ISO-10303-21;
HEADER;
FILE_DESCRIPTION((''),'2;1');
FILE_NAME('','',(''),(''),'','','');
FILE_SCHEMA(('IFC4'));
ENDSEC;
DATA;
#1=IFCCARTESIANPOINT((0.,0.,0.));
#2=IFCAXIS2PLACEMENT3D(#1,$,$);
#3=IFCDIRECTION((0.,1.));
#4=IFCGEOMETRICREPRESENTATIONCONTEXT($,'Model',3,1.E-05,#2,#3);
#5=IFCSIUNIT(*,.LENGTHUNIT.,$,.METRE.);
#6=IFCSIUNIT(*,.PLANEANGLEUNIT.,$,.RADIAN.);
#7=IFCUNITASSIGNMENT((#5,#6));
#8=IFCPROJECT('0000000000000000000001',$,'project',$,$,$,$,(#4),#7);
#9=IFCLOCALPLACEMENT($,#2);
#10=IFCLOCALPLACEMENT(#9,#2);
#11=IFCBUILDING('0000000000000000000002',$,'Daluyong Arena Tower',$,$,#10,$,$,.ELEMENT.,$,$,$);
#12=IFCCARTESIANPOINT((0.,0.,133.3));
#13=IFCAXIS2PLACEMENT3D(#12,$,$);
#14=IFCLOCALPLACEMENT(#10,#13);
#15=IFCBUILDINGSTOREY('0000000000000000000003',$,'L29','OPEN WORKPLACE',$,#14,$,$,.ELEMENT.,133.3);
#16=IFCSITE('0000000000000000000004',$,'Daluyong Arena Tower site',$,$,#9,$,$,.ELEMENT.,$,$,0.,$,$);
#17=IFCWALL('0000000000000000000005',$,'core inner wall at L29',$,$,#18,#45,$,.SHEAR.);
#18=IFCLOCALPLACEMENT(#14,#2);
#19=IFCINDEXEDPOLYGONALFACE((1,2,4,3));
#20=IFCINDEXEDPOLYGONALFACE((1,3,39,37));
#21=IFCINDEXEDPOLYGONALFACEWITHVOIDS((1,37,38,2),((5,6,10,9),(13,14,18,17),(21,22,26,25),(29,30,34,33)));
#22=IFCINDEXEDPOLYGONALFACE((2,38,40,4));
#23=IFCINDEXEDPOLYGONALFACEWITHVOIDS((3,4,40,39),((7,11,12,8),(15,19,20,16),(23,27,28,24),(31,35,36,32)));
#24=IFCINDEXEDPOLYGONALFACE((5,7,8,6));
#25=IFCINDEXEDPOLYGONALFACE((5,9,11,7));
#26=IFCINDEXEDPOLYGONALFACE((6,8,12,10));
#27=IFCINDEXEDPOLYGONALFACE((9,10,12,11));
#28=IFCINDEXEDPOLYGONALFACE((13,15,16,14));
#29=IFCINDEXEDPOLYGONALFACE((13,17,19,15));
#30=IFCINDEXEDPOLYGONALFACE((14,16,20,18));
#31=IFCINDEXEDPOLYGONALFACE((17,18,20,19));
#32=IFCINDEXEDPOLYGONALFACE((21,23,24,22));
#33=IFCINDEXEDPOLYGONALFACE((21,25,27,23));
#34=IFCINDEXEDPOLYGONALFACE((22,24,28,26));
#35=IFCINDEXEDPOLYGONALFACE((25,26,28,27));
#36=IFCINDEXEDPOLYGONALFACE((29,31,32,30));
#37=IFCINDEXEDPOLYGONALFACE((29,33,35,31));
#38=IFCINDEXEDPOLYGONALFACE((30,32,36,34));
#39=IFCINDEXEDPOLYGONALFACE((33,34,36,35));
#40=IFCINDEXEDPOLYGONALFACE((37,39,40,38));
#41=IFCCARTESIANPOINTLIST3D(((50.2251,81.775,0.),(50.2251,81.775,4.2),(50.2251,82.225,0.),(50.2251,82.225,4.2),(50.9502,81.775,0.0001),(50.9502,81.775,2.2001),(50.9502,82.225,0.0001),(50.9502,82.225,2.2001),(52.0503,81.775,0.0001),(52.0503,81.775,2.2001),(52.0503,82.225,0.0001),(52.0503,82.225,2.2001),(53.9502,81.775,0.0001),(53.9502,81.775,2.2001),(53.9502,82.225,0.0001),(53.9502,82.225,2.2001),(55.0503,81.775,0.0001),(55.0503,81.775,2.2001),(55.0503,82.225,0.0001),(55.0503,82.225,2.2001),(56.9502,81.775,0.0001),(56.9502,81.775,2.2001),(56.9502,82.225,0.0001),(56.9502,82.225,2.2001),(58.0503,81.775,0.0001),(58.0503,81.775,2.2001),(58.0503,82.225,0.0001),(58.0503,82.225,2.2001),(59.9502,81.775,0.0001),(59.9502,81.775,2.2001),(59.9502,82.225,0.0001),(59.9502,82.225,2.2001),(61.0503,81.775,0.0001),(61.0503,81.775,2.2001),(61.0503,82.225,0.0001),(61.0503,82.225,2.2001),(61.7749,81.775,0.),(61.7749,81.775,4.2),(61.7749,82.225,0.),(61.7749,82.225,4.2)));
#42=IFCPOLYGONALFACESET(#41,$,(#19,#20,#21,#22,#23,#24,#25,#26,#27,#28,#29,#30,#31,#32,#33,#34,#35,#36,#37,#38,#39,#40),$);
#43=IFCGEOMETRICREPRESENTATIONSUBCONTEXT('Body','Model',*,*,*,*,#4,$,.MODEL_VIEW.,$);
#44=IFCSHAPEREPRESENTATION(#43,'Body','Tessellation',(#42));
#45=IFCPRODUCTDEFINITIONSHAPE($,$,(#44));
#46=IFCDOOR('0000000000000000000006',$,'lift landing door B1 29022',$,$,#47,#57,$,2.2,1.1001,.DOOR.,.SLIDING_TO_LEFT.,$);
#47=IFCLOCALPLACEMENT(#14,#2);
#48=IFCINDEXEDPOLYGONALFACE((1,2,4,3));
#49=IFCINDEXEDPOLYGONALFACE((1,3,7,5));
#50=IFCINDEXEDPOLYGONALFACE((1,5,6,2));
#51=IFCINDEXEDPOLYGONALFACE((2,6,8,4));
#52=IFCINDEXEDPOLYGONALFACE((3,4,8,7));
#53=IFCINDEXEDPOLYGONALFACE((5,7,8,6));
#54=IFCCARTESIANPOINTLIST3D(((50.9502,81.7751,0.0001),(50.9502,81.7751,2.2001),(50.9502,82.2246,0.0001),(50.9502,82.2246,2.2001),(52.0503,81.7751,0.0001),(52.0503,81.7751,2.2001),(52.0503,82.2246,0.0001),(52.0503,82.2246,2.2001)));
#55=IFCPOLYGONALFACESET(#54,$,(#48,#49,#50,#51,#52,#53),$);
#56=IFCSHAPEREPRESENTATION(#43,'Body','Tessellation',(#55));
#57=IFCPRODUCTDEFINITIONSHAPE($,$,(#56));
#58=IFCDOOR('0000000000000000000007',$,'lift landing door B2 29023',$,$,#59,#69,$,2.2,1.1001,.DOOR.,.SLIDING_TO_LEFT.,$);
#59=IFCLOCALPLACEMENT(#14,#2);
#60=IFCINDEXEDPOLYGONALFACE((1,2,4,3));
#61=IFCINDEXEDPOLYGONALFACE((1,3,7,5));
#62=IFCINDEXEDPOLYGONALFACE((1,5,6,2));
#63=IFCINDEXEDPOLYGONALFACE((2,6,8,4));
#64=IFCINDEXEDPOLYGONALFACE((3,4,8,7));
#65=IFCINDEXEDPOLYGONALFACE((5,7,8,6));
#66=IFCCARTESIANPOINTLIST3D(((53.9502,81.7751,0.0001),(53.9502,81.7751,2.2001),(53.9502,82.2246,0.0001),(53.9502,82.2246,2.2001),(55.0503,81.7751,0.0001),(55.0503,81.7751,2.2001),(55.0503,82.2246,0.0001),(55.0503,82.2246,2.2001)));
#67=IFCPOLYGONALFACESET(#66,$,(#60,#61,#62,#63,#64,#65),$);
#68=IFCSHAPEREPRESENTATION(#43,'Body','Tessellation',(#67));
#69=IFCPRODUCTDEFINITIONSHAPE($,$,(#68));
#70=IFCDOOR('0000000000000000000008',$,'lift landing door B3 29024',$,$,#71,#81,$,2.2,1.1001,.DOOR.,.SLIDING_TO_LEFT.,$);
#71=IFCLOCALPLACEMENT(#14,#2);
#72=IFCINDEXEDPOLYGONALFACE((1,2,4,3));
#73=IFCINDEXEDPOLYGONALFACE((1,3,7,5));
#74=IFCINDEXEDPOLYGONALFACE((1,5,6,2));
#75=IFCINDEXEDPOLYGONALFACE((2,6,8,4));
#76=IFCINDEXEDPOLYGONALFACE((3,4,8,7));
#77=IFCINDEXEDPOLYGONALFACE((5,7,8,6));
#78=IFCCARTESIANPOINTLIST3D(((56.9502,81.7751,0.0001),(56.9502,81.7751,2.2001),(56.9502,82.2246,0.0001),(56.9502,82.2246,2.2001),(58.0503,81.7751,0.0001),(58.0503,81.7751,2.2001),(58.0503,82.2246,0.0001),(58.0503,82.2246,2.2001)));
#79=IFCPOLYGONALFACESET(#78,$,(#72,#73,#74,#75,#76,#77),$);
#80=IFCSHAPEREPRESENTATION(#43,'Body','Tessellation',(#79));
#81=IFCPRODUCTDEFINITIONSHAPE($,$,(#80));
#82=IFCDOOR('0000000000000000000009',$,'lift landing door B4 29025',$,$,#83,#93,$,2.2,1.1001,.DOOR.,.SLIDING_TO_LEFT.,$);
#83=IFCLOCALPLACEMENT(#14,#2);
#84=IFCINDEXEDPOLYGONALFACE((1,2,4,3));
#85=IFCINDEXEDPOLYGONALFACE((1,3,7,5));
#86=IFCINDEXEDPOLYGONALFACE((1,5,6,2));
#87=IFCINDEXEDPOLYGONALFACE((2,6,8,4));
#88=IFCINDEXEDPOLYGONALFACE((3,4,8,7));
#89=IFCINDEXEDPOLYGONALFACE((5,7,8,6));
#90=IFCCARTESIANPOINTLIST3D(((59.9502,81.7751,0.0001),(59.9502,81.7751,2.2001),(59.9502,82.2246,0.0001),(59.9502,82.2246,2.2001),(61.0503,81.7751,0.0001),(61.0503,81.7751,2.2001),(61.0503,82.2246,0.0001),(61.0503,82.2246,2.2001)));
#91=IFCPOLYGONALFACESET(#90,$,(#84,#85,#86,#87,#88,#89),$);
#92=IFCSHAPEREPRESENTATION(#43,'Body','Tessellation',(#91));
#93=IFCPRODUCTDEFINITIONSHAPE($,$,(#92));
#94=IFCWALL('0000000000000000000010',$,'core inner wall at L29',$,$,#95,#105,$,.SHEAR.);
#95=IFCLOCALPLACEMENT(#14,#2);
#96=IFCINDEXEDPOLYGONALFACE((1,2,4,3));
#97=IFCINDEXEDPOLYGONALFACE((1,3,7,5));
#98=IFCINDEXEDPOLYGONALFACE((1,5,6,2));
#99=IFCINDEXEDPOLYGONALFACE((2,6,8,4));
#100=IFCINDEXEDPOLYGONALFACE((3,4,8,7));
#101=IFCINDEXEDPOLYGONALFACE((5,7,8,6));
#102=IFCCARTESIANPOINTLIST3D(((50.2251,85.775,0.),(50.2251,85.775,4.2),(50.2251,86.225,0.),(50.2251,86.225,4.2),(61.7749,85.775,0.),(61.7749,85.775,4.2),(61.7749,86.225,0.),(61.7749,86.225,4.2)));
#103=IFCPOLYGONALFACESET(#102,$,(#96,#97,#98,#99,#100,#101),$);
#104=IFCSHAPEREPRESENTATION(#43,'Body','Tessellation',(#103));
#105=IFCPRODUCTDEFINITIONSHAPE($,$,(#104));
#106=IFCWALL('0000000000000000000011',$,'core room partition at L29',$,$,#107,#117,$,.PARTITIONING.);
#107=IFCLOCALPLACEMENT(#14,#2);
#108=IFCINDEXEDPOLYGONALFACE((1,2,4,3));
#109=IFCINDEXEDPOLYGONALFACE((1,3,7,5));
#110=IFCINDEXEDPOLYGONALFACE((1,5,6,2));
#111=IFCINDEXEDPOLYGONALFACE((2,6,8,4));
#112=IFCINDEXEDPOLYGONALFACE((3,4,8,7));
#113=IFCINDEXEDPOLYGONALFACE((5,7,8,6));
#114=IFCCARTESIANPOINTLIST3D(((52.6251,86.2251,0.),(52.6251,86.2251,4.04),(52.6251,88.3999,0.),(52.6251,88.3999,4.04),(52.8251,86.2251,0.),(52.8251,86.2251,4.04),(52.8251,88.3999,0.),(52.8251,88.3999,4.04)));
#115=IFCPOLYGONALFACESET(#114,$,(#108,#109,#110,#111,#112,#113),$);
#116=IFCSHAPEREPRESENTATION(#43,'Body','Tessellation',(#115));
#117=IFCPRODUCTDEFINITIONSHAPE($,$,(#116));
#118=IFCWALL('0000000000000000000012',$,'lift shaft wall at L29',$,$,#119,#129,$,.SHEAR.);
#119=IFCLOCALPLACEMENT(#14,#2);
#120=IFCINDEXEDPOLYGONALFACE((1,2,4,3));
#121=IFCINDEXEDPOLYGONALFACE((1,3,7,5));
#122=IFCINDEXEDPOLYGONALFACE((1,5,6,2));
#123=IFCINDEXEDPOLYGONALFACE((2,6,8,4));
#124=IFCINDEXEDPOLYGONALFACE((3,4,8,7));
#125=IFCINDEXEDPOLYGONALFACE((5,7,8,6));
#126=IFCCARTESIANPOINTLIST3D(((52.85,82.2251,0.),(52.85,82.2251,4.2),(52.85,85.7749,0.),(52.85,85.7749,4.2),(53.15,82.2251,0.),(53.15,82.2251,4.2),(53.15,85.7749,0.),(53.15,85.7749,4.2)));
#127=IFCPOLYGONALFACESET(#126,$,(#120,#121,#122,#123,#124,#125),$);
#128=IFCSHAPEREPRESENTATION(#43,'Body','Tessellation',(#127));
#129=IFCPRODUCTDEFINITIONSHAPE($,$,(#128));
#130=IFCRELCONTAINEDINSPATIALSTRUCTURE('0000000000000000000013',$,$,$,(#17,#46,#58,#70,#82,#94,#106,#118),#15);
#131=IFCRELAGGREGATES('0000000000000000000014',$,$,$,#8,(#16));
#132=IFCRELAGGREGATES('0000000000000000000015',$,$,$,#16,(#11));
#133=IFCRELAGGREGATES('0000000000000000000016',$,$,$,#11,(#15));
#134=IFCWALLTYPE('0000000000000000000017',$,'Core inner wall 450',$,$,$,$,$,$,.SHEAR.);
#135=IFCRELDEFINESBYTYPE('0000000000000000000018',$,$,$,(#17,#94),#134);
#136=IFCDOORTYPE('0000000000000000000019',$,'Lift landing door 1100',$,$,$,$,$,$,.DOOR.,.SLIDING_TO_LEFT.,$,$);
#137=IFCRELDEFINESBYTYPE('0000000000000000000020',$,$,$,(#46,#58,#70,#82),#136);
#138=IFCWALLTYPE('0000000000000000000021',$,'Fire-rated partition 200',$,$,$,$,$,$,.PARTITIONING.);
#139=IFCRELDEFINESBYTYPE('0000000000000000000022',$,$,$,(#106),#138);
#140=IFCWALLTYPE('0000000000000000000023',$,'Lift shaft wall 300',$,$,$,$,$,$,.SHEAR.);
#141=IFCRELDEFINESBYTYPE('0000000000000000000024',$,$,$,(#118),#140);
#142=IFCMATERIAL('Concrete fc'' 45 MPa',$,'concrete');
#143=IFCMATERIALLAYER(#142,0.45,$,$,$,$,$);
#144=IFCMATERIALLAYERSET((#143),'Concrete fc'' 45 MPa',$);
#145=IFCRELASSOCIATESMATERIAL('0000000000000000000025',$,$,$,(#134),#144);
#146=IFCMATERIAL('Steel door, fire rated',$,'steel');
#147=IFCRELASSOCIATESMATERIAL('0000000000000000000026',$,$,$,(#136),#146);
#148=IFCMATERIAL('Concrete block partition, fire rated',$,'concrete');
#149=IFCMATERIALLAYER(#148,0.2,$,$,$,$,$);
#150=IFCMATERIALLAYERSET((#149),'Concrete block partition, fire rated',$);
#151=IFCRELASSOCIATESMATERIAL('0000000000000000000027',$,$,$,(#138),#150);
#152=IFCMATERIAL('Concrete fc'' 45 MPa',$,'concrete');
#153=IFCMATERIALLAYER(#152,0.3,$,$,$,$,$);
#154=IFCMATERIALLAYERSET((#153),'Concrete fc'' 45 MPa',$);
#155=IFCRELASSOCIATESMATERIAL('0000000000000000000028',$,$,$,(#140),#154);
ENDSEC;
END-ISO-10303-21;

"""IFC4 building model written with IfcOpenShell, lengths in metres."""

from ifc_helpers import new_model, si_unit, direction, frame, frame_2d, origin, place, context, subcontext, project, spatial, rectangle, extrude, material, layer, layer_set, type_object, element, fill, save


model = new_model("IFC4")

# Units and contexts
model_context = context("Model", 3, precision=1e-05, world=origin(), true_north=direction((0.0, 1.0)))
body_context = subcontext(model_context, "Body", "Model", "MODEL_VIEW")
ifc_project = project(units=[si_unit("LENGTHUNIT", "METRE"), si_unit("PLANEANGLEUNIT", "RADIAN")], contexts=[model_context])

# Site, building, storey
site_placement = place(None, origin())
site = spatial("IfcSite", under=ifc_project, at=site_placement, Name="Daluyong Arena Tower site", CompositionType="ELEMENT", RefElevation=0.0)
building_placement = place(site_placement, origin())
building = spatial("IfcBuilding", under=site, at=building_placement, Name="Daluyong Arena Tower", CompositionType="ELEMENT")
storey_placement = place(building_placement, frame((0.0, 0.0, 133.3)))
storey = spatial("IfcBuildingStorey", under=building, at=storey_placement, Name="L29", Description="OPEN WORKPLACE", CompositionType="ELEMENT", Elevation=133.3)

# Wall, openings, doors
ifc_material_1 = material(Name="Concrete fc' 45 MPa", Category="concrete")
ifc_layer_1 = layer(ifc_material_1, 0.45)
ifc_layer_set_1 = layer_set([ifc_layer_1], Name="Concrete fc' 45 MPa")
wall_type_1 = type_object("IfcWallType", Name="Core inner wall 450", PredefinedType="SHEAR", material=ifc_layer_set_1)
wall_1_placement = place(storey_placement, frame((50.2251, 82.0, 0.0), z_axis=(0.0, 0.0, 1.0), x_axis=(1.0, 0.0, 0.0)))
wall_1 = element("IfcWall", 1, at=wall_1_placement, inside=storey, type_object=wall_type_1, Name="core inner wall at L29", PredefinedType="SHEAR", context=body_context, shape_type="SweptSolid", body=[
    extrude(rectangle(XDim=11.5498, YDim=0.45, at=frame_2d((5.7749, 0.0))), origin(), (0.0, 0.0, 1.0), 4.2),
])
opening_1_placement = place(wall_1_placement, frame((0.7251, 0.0, 0.0)))
opening_1 = element("IfcOpeningElement", 2, at=opening_1_placement, cuts=wall_1, PredefinedType="OPENING", context=body_context, shape_type="SweptSolid", body=[
    extrude(rectangle(XDim=1.1001, YDim=2.2, at=frame_2d((0.55, 1.1001))), frame((0.0, 0.2349, 0.0), z_axis=(0.0, -1.0, 0.0), x_axis=(1.0, 0.0, 0.0)), (0.0, 0.0, 1.0), 0.47),
])
opening_2_placement = place(wall_1_placement, frame((3.7251, 0.0, 0.0)))
opening_2 = element("IfcOpeningElement", 3, at=opening_2_placement, cuts=wall_1, PredefinedType="OPENING", context=body_context, shape_type="SweptSolid", body=[
    extrude(rectangle(XDim=1.1001, YDim=2.2, at=frame_2d((0.55, 1.1001))), frame((0.0, 0.2349, 0.0), z_axis=(0.0, -1.0, 0.0), x_axis=(1.0, 0.0, 0.0)), (0.0, 0.0, 1.0), 0.47),
])
opening_3_placement = place(wall_1_placement, frame((6.7251, 0.0, 0.0)))
opening_3 = element("IfcOpeningElement", 4, at=opening_3_placement, cuts=wall_1, PredefinedType="OPENING", context=body_context, shape_type="SweptSolid", body=[
    extrude(rectangle(XDim=1.1001, YDim=2.2, at=frame_2d((0.55, 1.1001))), frame((0.0, 0.2349, 0.0), z_axis=(0.0, -1.0, 0.0), x_axis=(1.0, 0.0, 0.0)), (0.0, 0.0, 1.0), 0.47),
])
opening_4_placement = place(wall_1_placement, frame((9.7251, 0.0, 0.0)))
opening_4 = element("IfcOpeningElement", 5, at=opening_4_placement, cuts=wall_1, PredefinedType="OPENING", context=body_context, shape_type="SweptSolid", body=[
    extrude(rectangle(XDim=1.1001, YDim=2.2, at=frame_2d((0.55, 1.1001))), frame((0.0, 0.2349, 0.0), z_axis=(0.0, -1.0, 0.0), x_axis=(1.0, 0.0, 0.0)), (0.0, 0.0, 1.0), 0.47),
])
ifc_material_2 = material(Name="Steel door, fire rated", Category="steel")
door_type_1 = type_object("IfcDoorType", Name="Lift landing door 1100", OperationType="SLIDING_TO_LEFT", PredefinedType="DOOR", material=ifc_material_2)
door_1_placement = place(opening_1_placement, origin())
door_1 = element("IfcDoor", 6, at=door_1_placement, inside=storey, type_object=door_type_1, Name="lift landing door B1 29022", OperationType="SLIDING_TO_LEFT", OverallHeight=2.2, OverallWidth=1.1001, PredefinedType="DOOR", context=body_context, shape_type="SweptSolid", body=[
    extrude(rectangle(XDim=1.1001, YDim=2.2, at=frame_2d((0.55, 1.1001))), frame((0.0, 0.2246, 0.0), z_axis=(0.0, -1.0, 0.0), x_axis=(1.0, 0.0, 0.0)), (0.0, 0.0, 1.0), 0.4495),
])
fill(opening_1, door_1)
door_2_placement = place(opening_2_placement, origin())
door_2 = element("IfcDoor", 7, at=door_2_placement, inside=storey, type_object=door_type_1, Name="lift landing door B2 29023", OperationType="SLIDING_TO_LEFT", OverallHeight=2.2, OverallWidth=1.1001, PredefinedType="DOOR", context=body_context, shape_type="SweptSolid", body=[
    extrude(rectangle(XDim=1.1001, YDim=2.2, at=frame_2d((0.55, 1.1001))), frame((0.0, 0.2246, 0.0), z_axis=(0.0, -1.0, 0.0), x_axis=(1.0, 0.0, 0.0)), (0.0, 0.0, 1.0), 0.4495),
])
fill(opening_2, door_2)
door_3_placement = place(opening_3_placement, origin())
door_3 = element("IfcDoor", 8, at=door_3_placement, inside=storey, type_object=door_type_1, Name="lift landing door B3 29024", OperationType="SLIDING_TO_LEFT", OverallHeight=2.2, OverallWidth=1.1001, PredefinedType="DOOR", context=body_context, shape_type="SweptSolid", body=[
    extrude(rectangle(XDim=1.1001, YDim=2.2, at=frame_2d((0.55, 1.1001))), frame((0.0, 0.2246, 0.0), z_axis=(0.0, -1.0, 0.0), x_axis=(1.0, 0.0, 0.0)), (0.0, 0.0, 1.0), 0.4495),
])
fill(opening_3, door_3)
door_4_placement = place(opening_4_placement, origin())
door_4 = element("IfcDoor", 9, at=door_4_placement, inside=storey, type_object=door_type_1, Name="lift landing door B4 29025", OperationType="SLIDING_TO_LEFT", OverallHeight=2.2, OverallWidth=1.1001, PredefinedType="DOOR", context=body_context, shape_type="SweptSolid", body=[
    extrude(rectangle(XDim=1.1001, YDim=2.2, at=frame_2d((0.55, 1.1001))), frame((0.0, 0.2246, 0.0), z_axis=(0.0, -1.0, 0.0), x_axis=(1.0, 0.0, 0.0)), (0.0, 0.0, 1.0), 0.4495),
])
fill(opening_4, door_4)

# Walls
wall_2_placement = place(storey_placement, frame((50.2251, 86.0, 0.0), z_axis=(0.0, 0.0, 1.0), x_axis=(1.0, 0.0, 0.0)))
element("IfcWall", 10, at=wall_2_placement, inside=storey, type_object=wall_type_1, Name="core inner wall at L29", PredefinedType="SHEAR", context=body_context, shape_type="SweptSolid", body=[
    extrude(rectangle(XDim=11.5498, YDim=0.45, at=frame_2d((5.7749, 0.0))), origin(), (0.0, 0.0, 1.0), 4.2),
])
ifc_material_3 = material(Name="Concrete block partition, fire rated", Category="concrete")
ifc_layer_2 = layer(ifc_material_3, 0.2)
ifc_layer_set_2 = layer_set([ifc_layer_2], Name="Concrete block partition, fire rated")
wall_type_2 = type_object("IfcWallType", Name="Fire-rated partition 200", PredefinedType="PARTITIONING", material=ifc_layer_set_2)
wall_3_placement = place(storey_placement, frame((52.7251, 86.2251, 0.0), z_axis=(0.0, 0.0, 1.0), x_axis=(0.0, 1.0, 0.0)))
element("IfcWall", 11, at=wall_3_placement, inside=storey, type_object=wall_type_2, Name="core room partition at L29", PredefinedType="PARTITIONING", context=body_context, shape_type="SweptSolid", body=[
    extrude(rectangle(XDim=2.1748, YDim=0.2, at=frame_2d((1.0874, 0.0))), origin(), (0.0, 0.0, 1.0), 4.04),
])
ifc_material_4 = material(Name="Concrete fc' 45 MPa", Category="concrete")
ifc_layer_3 = layer(ifc_material_4, 0.3)
ifc_layer_set_3 = layer_set([ifc_layer_3], Name="Concrete fc' 45 MPa")
wall_type_3 = type_object("IfcWallType", Name="Lift shaft wall 300", PredefinedType="SHEAR", material=ifc_layer_set_3)
wall_4_placement = place(storey_placement, frame((53.0, 82.2251, 0.0), z_axis=(0.0, 0.0, 1.0), x_axis=(0.0, 1.0, 0.0)))
element("IfcWall", 12, at=wall_4_placement, inside=storey, type_object=wall_type_3, Name="lift shaft wall at L29", PredefinedType="SHEAR", context=body_context, shape_type="SweptSolid", body=[
    extrude(rectangle(XDim=3.5498, YDim=0.3, at=frame_2d((1.7749, 0.0))), origin(), (0.0, 0.0, 1.0), 4.2),
])

save(model, "model.ifc")
